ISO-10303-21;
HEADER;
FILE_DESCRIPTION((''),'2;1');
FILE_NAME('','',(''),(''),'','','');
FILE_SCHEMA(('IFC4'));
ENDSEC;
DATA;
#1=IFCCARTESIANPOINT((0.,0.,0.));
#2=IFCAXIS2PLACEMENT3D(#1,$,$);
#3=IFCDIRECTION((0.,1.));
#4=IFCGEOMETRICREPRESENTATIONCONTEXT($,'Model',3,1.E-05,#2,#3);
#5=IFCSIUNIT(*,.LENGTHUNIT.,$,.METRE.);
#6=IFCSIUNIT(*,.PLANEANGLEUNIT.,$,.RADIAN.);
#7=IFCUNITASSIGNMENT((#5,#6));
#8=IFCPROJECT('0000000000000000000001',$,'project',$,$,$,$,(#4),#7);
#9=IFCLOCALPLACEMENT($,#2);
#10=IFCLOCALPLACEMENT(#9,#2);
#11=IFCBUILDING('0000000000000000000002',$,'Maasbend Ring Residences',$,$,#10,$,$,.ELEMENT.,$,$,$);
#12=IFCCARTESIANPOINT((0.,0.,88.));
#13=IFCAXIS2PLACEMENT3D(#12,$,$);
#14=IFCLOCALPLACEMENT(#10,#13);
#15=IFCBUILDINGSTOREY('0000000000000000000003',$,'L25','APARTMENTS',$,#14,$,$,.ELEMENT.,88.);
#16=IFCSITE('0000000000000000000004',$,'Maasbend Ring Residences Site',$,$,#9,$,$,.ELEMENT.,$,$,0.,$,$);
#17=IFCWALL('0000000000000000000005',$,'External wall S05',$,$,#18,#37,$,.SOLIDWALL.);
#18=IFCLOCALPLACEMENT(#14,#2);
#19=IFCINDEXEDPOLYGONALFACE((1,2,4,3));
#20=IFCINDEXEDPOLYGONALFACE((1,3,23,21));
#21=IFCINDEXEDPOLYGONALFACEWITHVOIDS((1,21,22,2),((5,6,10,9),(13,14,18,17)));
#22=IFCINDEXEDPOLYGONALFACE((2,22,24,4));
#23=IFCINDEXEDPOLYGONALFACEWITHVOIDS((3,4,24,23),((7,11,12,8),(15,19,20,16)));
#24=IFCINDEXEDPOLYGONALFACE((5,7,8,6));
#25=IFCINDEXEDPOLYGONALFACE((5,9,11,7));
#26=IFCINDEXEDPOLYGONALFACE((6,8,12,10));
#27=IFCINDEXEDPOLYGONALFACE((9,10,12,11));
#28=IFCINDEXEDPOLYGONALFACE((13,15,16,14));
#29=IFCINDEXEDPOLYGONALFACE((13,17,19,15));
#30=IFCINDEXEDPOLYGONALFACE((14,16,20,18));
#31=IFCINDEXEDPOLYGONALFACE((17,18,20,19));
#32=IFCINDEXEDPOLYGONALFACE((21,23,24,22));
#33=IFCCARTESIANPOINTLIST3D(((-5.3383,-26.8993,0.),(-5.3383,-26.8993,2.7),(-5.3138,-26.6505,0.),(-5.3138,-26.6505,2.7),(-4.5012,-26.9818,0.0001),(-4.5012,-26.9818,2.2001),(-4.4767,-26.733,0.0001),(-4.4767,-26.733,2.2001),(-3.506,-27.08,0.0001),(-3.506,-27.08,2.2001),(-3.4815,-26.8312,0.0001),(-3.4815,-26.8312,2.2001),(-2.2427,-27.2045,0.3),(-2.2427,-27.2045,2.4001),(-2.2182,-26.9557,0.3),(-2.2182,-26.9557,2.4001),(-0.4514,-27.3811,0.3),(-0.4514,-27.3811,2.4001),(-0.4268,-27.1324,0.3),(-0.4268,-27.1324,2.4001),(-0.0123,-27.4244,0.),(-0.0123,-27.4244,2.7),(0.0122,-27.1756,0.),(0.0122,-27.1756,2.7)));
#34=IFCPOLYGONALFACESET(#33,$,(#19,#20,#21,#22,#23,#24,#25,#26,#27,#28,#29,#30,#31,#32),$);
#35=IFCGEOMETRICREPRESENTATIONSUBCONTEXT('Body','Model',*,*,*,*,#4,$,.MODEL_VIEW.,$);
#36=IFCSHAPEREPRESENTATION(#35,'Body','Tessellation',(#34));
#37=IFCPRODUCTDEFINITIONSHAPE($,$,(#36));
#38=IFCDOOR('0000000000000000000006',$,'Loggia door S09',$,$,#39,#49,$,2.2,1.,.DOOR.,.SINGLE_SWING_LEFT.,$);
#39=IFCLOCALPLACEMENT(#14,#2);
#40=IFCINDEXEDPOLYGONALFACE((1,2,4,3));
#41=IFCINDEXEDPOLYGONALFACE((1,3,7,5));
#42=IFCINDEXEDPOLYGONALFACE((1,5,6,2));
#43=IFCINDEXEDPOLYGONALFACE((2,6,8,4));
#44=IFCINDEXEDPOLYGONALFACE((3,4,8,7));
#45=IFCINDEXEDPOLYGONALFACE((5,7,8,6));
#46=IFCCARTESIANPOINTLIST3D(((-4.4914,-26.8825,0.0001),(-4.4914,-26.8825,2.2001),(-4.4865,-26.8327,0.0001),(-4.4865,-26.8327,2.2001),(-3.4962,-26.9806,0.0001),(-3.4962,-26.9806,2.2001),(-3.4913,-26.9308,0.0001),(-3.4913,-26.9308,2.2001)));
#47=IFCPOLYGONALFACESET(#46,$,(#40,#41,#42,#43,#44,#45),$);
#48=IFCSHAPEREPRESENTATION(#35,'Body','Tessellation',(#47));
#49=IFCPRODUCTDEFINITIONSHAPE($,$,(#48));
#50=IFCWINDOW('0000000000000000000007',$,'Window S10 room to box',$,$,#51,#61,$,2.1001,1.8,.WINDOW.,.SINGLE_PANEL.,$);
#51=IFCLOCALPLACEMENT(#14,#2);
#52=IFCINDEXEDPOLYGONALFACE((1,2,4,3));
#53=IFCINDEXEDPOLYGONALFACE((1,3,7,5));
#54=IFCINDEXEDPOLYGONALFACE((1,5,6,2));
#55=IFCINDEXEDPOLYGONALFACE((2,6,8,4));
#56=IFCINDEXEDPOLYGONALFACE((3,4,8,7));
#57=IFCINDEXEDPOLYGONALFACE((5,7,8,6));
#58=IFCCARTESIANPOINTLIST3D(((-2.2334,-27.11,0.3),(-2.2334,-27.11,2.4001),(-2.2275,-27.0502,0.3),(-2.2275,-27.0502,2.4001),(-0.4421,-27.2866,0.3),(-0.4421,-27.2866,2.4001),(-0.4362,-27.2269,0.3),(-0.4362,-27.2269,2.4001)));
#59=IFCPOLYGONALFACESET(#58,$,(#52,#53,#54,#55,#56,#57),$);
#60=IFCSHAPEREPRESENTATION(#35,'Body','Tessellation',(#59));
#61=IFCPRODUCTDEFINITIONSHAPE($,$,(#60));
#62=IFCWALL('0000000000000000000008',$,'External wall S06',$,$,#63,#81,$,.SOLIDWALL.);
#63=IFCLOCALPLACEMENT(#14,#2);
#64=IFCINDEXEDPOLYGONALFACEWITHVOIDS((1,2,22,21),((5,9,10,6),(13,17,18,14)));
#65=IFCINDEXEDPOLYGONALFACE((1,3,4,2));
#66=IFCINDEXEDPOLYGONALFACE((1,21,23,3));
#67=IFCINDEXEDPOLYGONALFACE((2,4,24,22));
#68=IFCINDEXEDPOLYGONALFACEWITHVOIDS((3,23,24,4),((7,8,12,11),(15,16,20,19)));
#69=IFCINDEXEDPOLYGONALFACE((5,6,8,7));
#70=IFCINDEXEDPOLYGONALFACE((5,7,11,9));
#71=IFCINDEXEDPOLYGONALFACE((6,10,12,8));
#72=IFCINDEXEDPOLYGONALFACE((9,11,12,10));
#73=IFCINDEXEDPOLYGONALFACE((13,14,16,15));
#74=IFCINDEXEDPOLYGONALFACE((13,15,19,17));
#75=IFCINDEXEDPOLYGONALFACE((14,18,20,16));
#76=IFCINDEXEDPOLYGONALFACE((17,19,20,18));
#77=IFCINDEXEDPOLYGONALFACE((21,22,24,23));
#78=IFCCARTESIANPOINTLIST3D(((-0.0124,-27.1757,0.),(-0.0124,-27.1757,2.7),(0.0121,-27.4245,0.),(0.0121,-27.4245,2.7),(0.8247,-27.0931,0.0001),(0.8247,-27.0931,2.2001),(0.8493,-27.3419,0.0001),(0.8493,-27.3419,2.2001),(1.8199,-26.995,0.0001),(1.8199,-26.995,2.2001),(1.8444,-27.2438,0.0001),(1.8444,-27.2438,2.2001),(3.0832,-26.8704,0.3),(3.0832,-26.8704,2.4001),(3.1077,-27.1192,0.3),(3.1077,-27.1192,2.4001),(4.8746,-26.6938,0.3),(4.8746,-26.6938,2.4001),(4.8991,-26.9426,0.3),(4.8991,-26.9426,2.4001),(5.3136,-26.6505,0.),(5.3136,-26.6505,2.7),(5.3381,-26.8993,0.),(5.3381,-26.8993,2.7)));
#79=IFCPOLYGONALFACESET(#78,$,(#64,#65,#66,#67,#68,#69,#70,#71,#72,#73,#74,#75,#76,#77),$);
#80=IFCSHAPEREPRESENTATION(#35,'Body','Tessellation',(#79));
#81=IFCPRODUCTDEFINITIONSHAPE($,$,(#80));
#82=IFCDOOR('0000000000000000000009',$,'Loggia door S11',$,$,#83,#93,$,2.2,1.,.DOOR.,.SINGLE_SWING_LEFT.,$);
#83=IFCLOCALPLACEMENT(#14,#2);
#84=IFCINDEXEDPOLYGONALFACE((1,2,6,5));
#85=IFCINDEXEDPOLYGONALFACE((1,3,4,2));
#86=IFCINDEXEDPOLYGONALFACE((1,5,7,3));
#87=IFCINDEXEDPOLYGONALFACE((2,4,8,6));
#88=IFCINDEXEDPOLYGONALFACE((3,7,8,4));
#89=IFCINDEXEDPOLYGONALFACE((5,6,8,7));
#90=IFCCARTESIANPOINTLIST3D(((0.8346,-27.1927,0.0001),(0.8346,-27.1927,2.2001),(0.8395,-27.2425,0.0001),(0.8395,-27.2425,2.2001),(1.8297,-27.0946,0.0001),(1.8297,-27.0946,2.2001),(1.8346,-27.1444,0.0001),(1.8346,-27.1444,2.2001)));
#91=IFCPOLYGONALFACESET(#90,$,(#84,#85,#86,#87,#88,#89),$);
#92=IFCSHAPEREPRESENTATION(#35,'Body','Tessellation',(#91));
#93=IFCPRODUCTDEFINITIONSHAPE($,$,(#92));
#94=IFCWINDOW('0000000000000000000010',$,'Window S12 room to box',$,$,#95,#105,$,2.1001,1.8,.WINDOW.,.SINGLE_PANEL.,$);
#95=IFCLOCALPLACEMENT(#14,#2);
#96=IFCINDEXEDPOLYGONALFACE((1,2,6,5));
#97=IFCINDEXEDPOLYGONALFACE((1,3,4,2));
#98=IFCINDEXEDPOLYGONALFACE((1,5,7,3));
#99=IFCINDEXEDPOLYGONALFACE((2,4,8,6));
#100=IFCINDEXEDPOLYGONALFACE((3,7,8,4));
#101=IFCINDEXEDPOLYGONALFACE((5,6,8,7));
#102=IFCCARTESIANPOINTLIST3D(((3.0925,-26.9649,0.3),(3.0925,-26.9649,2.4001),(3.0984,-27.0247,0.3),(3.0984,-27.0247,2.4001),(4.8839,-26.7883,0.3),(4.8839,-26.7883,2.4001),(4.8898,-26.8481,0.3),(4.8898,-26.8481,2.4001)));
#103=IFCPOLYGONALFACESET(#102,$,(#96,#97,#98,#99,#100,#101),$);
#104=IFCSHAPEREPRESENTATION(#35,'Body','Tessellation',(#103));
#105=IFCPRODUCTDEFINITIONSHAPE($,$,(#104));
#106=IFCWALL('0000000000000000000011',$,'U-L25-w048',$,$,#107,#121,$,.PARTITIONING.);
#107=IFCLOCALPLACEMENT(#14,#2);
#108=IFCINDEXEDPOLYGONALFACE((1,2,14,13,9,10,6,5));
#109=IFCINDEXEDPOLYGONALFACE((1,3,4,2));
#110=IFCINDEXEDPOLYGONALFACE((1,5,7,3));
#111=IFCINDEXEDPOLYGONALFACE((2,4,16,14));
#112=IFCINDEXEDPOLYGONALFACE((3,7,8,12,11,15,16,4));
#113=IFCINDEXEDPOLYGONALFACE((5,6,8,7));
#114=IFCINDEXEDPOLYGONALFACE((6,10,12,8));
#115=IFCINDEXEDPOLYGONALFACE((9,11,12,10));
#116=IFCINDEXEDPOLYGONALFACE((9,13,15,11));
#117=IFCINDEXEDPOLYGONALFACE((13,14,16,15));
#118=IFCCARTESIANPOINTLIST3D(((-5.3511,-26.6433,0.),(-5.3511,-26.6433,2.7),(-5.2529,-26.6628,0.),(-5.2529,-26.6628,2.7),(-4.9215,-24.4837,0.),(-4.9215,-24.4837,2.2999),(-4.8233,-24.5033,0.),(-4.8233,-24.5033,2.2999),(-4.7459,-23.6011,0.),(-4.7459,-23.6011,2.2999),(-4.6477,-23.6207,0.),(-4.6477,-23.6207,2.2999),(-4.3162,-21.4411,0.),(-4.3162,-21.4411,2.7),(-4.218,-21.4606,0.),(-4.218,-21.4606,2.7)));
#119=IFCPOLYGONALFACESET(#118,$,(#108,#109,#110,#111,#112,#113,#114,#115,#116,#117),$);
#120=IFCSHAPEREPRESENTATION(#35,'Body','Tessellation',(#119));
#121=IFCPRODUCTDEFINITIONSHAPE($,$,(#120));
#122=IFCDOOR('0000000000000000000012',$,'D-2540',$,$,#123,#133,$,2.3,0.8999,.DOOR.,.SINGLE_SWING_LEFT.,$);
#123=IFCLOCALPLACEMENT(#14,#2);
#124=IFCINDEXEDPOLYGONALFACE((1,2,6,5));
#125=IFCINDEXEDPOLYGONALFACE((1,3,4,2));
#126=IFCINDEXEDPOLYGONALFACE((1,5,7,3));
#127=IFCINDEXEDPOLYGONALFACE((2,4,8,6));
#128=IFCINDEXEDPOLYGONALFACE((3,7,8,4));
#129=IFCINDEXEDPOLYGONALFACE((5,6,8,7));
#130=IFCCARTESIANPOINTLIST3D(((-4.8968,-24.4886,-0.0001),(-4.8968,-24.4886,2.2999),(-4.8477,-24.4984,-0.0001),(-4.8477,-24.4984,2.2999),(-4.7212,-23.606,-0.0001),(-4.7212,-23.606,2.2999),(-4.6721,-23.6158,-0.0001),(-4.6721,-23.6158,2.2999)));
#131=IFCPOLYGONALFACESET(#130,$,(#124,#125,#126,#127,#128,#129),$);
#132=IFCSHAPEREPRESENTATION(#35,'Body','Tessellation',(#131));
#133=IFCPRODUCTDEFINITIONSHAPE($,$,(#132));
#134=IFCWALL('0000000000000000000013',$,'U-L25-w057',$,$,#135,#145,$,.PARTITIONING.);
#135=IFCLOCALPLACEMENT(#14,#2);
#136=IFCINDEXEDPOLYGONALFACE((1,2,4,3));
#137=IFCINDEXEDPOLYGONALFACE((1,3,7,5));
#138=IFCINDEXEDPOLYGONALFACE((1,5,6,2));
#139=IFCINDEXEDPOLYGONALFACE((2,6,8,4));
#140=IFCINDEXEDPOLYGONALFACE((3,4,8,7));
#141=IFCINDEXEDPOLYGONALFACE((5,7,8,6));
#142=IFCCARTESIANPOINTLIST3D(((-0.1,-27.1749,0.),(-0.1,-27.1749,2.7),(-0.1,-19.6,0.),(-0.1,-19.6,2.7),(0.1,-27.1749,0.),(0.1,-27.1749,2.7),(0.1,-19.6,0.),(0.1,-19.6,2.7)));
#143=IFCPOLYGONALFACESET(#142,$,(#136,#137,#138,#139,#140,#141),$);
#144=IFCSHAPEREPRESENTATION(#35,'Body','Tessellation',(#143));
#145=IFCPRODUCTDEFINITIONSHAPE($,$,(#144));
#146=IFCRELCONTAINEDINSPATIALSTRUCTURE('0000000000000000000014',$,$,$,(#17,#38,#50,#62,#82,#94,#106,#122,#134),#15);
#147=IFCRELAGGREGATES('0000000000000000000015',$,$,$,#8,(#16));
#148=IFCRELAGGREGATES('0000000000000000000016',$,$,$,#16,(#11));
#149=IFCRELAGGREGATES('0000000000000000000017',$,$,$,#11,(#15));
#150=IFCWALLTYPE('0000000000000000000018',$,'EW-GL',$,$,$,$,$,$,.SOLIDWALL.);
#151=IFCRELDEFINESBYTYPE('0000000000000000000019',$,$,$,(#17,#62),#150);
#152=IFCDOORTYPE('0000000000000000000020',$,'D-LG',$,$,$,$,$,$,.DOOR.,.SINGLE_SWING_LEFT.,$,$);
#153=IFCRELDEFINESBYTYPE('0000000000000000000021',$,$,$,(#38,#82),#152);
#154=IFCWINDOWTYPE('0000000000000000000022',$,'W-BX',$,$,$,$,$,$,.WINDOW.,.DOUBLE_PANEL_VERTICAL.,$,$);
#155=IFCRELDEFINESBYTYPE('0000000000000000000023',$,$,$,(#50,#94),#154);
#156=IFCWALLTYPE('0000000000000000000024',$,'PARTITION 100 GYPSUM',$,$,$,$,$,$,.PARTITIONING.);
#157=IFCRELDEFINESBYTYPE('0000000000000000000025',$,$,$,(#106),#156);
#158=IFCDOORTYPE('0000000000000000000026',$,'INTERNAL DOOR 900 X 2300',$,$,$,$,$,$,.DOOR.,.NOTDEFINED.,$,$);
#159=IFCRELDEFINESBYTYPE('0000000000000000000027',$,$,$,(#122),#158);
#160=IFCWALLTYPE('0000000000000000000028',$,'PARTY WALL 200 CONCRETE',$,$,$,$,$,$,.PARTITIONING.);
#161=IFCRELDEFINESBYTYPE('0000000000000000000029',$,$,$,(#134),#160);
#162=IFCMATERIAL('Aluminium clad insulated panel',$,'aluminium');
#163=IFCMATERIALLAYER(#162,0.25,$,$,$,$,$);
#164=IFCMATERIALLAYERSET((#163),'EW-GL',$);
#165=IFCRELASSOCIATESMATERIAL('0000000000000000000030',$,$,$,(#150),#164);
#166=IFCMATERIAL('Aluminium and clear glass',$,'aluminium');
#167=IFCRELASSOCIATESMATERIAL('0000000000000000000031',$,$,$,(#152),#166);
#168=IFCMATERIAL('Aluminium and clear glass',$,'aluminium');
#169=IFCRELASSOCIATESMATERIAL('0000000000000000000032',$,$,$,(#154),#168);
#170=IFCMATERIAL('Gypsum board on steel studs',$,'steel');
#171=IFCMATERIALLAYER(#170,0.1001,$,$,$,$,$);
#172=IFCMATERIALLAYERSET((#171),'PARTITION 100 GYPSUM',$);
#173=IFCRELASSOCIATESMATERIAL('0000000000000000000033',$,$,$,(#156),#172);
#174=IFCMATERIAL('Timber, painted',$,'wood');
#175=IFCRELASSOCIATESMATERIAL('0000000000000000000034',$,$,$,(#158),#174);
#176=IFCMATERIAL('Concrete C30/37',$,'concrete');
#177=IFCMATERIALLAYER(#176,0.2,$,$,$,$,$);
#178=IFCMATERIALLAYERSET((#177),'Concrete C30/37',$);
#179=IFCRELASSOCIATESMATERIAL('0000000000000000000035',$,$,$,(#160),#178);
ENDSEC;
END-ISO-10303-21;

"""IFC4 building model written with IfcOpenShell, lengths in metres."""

from ifc_helpers import new_model, si_unit, direction, frame, frame_2d, origin, place, context, subcontext, project, spatial, rectangle, extrude, material, layer, layer_set, type_object, element, fill, save


model = new_model("IFC4")

# Units and contexts
model_context = context("Model", 3, precision=1e-05, world=origin(), true_north=direction((0.0, 1.0)))
body_context = subcontext(model_context, "Body", "Model", "MODEL_VIEW")
ifc_project = project(units=[si_unit("LENGTHUNIT", "METRE"), si_unit("PLANEANGLEUNIT", "RADIAN")], contexts=[model_context])

# Site, building, storey
site_placement = place(None, origin())
site = spatial("IfcSite", under=ifc_project, at=site_placement, Name="Maasbend Ring Residences Site", CompositionType="ELEMENT", RefElevation=0.0)
building_placement = place(site_placement, origin())
building = spatial("IfcBuilding", under=site, at=building_placement, Name="Maasbend Ring Residences", CompositionType="ELEMENT")
storey_placement = place(building_placement, frame((0.0, 0.0, 88.0)))
storey = spatial("IfcBuildingStorey", under=building, at=storey_placement, Name="L25", Description="APARTMENTS", CompositionType="ELEMENT", Elevation=88.0)

# Walls, openings, doors, windows
ifc_material_1 = material(Name="Aluminium clad insulated panel", Category="aluminium")
ifc_layer_1 = layer(ifc_material_1, 0.25)
ifc_layer_set_1 = layer_set([ifc_layer_1], Name="EW-GL")
wall_type_1 = type_object("IfcWallType", Name="EW-GL", PredefinedType="SOLIDWALL", material=ifc_layer_set_1)
wall_1_placement = place(storey_placement, frame((-5.3259, -26.7749, 0.0), z_axis=(0.0, 0.0, 1.0), x_axis=(0.995174, -0.098126, 0.0)))
wall_1 = element("IfcWall", 1, at=wall_1_placement, inside=storey, type_object=wall_type_1, Name="External wall S05", PredefinedType="SOLIDWALL", context=body_context, shape_type="SweptSolid", body=[
    extrude(rectangle(XDim=5.3518, YDim=0.25, at=frame_2d((2.6758, 0.0))), origin(), (0.0, 0.0, 1.0), 2.7),
])
opening_1_placement = place(wall_1_placement, frame((0.8411, 0.0, 0.0)))
opening_1 = element("IfcOpeningElement", 2, at=opening_1_placement, cuts=wall_1, PredefinedType="OPENING", context=body_context, shape_type="SweptSolid", body=[
    extrude(rectangle(XDim=1.0, YDim=2.2, at=frame_2d((0.5, 1.1001))), frame((0.0, 0.135, 0.0), z_axis=(0.0, -1.0, 0.0), x_axis=(1.0, 0.0, 0.0)), (0.0, 0.0, 1.0), 0.27),
])
opening_2_placement = place(wall_1_placement, frame((3.1106, 0.0, 0.3)))
opening_2 = element("IfcOpeningElement", 3, at=opening_2_placement, cuts=wall_1, PredefinedType="OPENING", context=body_context, shape_type="SweptSolid", body=[
    extrude(rectangle(XDim=1.8, YDim=2.1001, at=frame_2d((0.8999, 1.05))), frame((0.0, 0.135, 0.0), z_axis=(0.0, -1.0, 0.0), x_axis=(1.0, 0.0, 0.0)), (0.0, 0.0, 1.0), 0.27),
])
ifc_material_2 = material(Name="Aluminium and clear glass", Category="aluminium")
door_type_1 = type_object("IfcDoorType", Name="D-LG", OperationType="SINGLE_SWING_LEFT", PredefinedType="DOOR", material=ifc_material_2)
door_1_placement = place(opening_1_placement, origin())
door_1 = element("IfcDoor", 4, at=door_1_placement, inside=storey, type_object=door_type_1, Name="Loggia door S09", OperationType="SINGLE_SWING_LEFT", OverallHeight=2.2, OverallWidth=1.0, PredefinedType="DOOR", context=body_context, shape_type="SweptSolid", body=[
    extrude(rectangle(XDim=1.0, YDim=2.2, at=frame_2d((0.5, 1.1001))), frame((0.0, 0.0249, 0.0), z_axis=(0.0, -1.0, 0.0), x_axis=(1.0, 0.0, 0.0)), (0.0, 0.0, 1.0), 0.05),
])
fill(opening_1, door_1)
ifc_material_3 = material(Name="Aluminium and clear glass", Category="aluminium")
window_type_1 = type_object("IfcWindowType", Name="W-BX", PartitioningType="DOUBLE_PANEL_VERTICAL", PredefinedType="WINDOW", material=ifc_material_3)
window_1_placement = place(opening_2_placement, origin())
window_1 = element("IfcWindow", 5, at=window_1_placement, inside=storey, type_object=window_type_1, Name="Window S10 room to box", OverallHeight=2.1001, OverallWidth=1.8, PartitioningType="SINGLE_PANEL", PredefinedType="WINDOW", context=body_context, shape_type="SweptSolid", body=[
    extrude(rectangle(XDim=1.8, YDim=2.1001, at=frame_2d((0.8999, 1.05))), frame((0.0, 0.03, 0.0), z_axis=(0.0, -1.0, 0.0), x_axis=(1.0, 0.0, 0.0)), (0.0, 0.0, 1.0), 0.0601),
])
fill(opening_2, window_1)
wall_2_placement = place(storey_placement, frame((0.0, -27.3, 0.0), z_axis=(0.0, 0.0, 1.0), x_axis=(0.995174, 0.098126, 0.0)))
wall_2 = element("IfcWall", 6, at=wall_2_placement, inside=storey, type_object=wall_type_1, Name="External wall S06", PredefinedType="SOLIDWALL", context=body_context, shape_type="SweptSolid", body=[
    extrude(rectangle(XDim=5.3518, YDim=0.25, at=frame_2d((2.6758, 0.0))), origin(), (0.0, 0.0, 1.0), 2.7),
])
opening_3_placement = place(wall_2_placement, frame((0.8411, 0.0, 0.0)))
opening_3 = element("IfcOpeningElement", 7, at=opening_3_placement, cuts=wall_2, PredefinedType="OPENING", context=body_context, shape_type="SweptSolid", body=[
    extrude(rectangle(XDim=1.0, YDim=2.2, at=frame_2d((0.5, 1.1001))), frame((0.0, 0.135, 0.0), z_axis=(0.0, -1.0, 0.0), x_axis=(1.0, 0.0, 0.0)), (0.0, 0.0, 1.0), 0.27),
])
opening_4_placement = place(wall_2_placement, frame((3.1106, 0.0, 0.3)))
opening_4 = element("IfcOpeningElement", 8, at=opening_4_placement, cuts=wall_2, PredefinedType="OPENING", context=body_context, shape_type="SweptSolid", body=[
    extrude(rectangle(XDim=1.8, YDim=2.1001, at=frame_2d((0.8999, 1.05))), frame((0.0, 0.135, 0.0), z_axis=(0.0, -1.0, 0.0), x_axis=(1.0, 0.0, 0.0)), (0.0, 0.0, 1.0), 0.27),
])
door_2_placement = place(opening_3_placement, origin())
door_2 = element("IfcDoor", 9, at=door_2_placement, inside=storey, type_object=door_type_1, Name="Loggia door S11", OperationType="SINGLE_SWING_LEFT", OverallHeight=2.2, OverallWidth=1.0, PredefinedType="DOOR", context=body_context, shape_type="SweptSolid", body=[
    extrude(rectangle(XDim=1.0, YDim=2.2, at=frame_2d((0.5, 1.1001))), frame((0.0, 0.0249, 0.0), z_axis=(0.0, -1.0, 0.0), x_axis=(1.0, 0.0, 0.0)), (0.0, 0.0, 1.0), 0.05),
])
fill(opening_3, door_2)
window_2_placement = place(opening_4_placement, origin())
window_2 = element("IfcWindow", 10, at=window_2_placement, inside=storey, type_object=window_type_1, Name="Window S12 room to box", OverallHeight=2.1001, OverallWidth=1.8, PartitioningType="SINGLE_PANEL", PredefinedType="WINDOW", context=body_context, shape_type="SweptSolid", body=[
    extrude(rectangle(XDim=1.8, YDim=2.1001, at=frame_2d((0.8999, 1.05))), frame((0.0, 0.03, 0.0), z_axis=(0.0, -1.0, 0.0), x_axis=(1.0, 0.0, 0.0)), (0.0, 0.0, 1.0), 0.0601),
])
fill(opening_4, window_2)

# Wall, opening, door
ifc_material_4 = material(Name="Gypsum board on steel studs", Category="steel")
ifc_layer_2 = layer(ifc_material_4, 0.1001)
ifc_layer_set_2 = layer_set([ifc_layer_2], Name="PARTITION 100 GYPSUM")
wall_type_2 = type_object("IfcWallType", Name="PARTITION 100 GYPSUM", PredefinedType="PARTITIONING", material=ifc_layer_set_2)
wall_3_placement = place(storey_placement, frame((-5.302, -26.6531, 0.0), z_axis=(0.0, 0.0, 1.0), x_axis=(0.195116, 0.98078, 0.0)))
wall_3 = element("IfcWall", 11, at=wall_3_placement, inside=storey, type_object=wall_type_2, Name="U-L25-w048", PredefinedType="PARTITIONING", context=body_context, shape_type="SweptSolid", body=[
    extrude(rectangle(XDim=5.3042, YDim=0.1001, at=frame_2d((2.6521, 0.0))), origin(), (0.0, 0.0, 1.0), 2.7),
])
opening_5_placement = place(wall_3_placement, frame((2.2019, 0.0, 0.0)))
opening_5 = element("IfcOpeningElement", 12, at=opening_5_placement, cuts=wall_3, PredefinedType="OPENING", context=body_context, shape_type="SweptSolid", body=[
    extrude(rectangle(XDim=0.8999, YDim=2.3, at=frame_2d((0.45, 1.1499))), frame((0.0, 0.0601, 0.0), z_axis=(0.0, -1.0, 0.0), x_axis=(1.0, 0.0, 0.0)), (0.0, 0.0, 1.0), 0.1201),
])
ifc_material_5 = material(Name="Timber, painted", Category="wood")
door_type_2 = type_object("IfcDoorType", Name="INTERNAL DOOR 900 X 2300", OperationType="NOTDEFINED", PredefinedType="DOOR", material=ifc_material_5)
door_3_placement = place(opening_5_placement, origin())
door_3 = element("IfcDoor", 13, at=door_3_placement, inside=storey, type_object=door_type_2, Name="D-2540", OperationType="SINGLE_SWING_LEFT", OverallHeight=2.3, OverallWidth=0.8999, PredefinedType="DOOR", context=body_context, shape_type="SweptSolid", body=[
    extrude(rectangle(XDim=0.8999, YDim=2.3, at=frame_2d((0.45, 1.1499))), frame((0.0, 0.0249, 0.0), z_axis=(0.0, -1.0, 0.0), x_axis=(1.0, 0.0, 0.0)), (0.0, 0.0, 1.0), 0.05),
])
fill(opening_5, door_3)

# Wall
ifc_material_6 = material(Name="Concrete C30/37", Category="concrete")
ifc_layer_3 = layer(ifc_material_6, 0.2)
ifc_layer_set_3 = layer_set([ifc_layer_3], Name="Concrete C30/37")
wall_type_3 = type_object("IfcWallType", Name="PARTY WALL 200 CONCRETE", PredefinedType="PARTITIONING", material=ifc_layer_set_3)
wall_4_placement = place(storey_placement, frame((0.0, -27.175, 0.0), z_axis=(0.0, 0.0, 1.0), x_axis=(0.0, 1.0, 0.0)))
element("IfcWall", 14, at=wall_4_placement, inside=storey, type_object=wall_type_3, Name="U-L25-w057", PredefinedType="PARTITIONING", context=body_context, shape_type="SweptSolid", body=[
    extrude(rectangle(XDim=7.575, YDim=0.2, at=frame_2d((3.7876, 0.0))), origin(), (0.0, 0.0, 1.0), 2.7),
])

save(model, "model.ifc")
